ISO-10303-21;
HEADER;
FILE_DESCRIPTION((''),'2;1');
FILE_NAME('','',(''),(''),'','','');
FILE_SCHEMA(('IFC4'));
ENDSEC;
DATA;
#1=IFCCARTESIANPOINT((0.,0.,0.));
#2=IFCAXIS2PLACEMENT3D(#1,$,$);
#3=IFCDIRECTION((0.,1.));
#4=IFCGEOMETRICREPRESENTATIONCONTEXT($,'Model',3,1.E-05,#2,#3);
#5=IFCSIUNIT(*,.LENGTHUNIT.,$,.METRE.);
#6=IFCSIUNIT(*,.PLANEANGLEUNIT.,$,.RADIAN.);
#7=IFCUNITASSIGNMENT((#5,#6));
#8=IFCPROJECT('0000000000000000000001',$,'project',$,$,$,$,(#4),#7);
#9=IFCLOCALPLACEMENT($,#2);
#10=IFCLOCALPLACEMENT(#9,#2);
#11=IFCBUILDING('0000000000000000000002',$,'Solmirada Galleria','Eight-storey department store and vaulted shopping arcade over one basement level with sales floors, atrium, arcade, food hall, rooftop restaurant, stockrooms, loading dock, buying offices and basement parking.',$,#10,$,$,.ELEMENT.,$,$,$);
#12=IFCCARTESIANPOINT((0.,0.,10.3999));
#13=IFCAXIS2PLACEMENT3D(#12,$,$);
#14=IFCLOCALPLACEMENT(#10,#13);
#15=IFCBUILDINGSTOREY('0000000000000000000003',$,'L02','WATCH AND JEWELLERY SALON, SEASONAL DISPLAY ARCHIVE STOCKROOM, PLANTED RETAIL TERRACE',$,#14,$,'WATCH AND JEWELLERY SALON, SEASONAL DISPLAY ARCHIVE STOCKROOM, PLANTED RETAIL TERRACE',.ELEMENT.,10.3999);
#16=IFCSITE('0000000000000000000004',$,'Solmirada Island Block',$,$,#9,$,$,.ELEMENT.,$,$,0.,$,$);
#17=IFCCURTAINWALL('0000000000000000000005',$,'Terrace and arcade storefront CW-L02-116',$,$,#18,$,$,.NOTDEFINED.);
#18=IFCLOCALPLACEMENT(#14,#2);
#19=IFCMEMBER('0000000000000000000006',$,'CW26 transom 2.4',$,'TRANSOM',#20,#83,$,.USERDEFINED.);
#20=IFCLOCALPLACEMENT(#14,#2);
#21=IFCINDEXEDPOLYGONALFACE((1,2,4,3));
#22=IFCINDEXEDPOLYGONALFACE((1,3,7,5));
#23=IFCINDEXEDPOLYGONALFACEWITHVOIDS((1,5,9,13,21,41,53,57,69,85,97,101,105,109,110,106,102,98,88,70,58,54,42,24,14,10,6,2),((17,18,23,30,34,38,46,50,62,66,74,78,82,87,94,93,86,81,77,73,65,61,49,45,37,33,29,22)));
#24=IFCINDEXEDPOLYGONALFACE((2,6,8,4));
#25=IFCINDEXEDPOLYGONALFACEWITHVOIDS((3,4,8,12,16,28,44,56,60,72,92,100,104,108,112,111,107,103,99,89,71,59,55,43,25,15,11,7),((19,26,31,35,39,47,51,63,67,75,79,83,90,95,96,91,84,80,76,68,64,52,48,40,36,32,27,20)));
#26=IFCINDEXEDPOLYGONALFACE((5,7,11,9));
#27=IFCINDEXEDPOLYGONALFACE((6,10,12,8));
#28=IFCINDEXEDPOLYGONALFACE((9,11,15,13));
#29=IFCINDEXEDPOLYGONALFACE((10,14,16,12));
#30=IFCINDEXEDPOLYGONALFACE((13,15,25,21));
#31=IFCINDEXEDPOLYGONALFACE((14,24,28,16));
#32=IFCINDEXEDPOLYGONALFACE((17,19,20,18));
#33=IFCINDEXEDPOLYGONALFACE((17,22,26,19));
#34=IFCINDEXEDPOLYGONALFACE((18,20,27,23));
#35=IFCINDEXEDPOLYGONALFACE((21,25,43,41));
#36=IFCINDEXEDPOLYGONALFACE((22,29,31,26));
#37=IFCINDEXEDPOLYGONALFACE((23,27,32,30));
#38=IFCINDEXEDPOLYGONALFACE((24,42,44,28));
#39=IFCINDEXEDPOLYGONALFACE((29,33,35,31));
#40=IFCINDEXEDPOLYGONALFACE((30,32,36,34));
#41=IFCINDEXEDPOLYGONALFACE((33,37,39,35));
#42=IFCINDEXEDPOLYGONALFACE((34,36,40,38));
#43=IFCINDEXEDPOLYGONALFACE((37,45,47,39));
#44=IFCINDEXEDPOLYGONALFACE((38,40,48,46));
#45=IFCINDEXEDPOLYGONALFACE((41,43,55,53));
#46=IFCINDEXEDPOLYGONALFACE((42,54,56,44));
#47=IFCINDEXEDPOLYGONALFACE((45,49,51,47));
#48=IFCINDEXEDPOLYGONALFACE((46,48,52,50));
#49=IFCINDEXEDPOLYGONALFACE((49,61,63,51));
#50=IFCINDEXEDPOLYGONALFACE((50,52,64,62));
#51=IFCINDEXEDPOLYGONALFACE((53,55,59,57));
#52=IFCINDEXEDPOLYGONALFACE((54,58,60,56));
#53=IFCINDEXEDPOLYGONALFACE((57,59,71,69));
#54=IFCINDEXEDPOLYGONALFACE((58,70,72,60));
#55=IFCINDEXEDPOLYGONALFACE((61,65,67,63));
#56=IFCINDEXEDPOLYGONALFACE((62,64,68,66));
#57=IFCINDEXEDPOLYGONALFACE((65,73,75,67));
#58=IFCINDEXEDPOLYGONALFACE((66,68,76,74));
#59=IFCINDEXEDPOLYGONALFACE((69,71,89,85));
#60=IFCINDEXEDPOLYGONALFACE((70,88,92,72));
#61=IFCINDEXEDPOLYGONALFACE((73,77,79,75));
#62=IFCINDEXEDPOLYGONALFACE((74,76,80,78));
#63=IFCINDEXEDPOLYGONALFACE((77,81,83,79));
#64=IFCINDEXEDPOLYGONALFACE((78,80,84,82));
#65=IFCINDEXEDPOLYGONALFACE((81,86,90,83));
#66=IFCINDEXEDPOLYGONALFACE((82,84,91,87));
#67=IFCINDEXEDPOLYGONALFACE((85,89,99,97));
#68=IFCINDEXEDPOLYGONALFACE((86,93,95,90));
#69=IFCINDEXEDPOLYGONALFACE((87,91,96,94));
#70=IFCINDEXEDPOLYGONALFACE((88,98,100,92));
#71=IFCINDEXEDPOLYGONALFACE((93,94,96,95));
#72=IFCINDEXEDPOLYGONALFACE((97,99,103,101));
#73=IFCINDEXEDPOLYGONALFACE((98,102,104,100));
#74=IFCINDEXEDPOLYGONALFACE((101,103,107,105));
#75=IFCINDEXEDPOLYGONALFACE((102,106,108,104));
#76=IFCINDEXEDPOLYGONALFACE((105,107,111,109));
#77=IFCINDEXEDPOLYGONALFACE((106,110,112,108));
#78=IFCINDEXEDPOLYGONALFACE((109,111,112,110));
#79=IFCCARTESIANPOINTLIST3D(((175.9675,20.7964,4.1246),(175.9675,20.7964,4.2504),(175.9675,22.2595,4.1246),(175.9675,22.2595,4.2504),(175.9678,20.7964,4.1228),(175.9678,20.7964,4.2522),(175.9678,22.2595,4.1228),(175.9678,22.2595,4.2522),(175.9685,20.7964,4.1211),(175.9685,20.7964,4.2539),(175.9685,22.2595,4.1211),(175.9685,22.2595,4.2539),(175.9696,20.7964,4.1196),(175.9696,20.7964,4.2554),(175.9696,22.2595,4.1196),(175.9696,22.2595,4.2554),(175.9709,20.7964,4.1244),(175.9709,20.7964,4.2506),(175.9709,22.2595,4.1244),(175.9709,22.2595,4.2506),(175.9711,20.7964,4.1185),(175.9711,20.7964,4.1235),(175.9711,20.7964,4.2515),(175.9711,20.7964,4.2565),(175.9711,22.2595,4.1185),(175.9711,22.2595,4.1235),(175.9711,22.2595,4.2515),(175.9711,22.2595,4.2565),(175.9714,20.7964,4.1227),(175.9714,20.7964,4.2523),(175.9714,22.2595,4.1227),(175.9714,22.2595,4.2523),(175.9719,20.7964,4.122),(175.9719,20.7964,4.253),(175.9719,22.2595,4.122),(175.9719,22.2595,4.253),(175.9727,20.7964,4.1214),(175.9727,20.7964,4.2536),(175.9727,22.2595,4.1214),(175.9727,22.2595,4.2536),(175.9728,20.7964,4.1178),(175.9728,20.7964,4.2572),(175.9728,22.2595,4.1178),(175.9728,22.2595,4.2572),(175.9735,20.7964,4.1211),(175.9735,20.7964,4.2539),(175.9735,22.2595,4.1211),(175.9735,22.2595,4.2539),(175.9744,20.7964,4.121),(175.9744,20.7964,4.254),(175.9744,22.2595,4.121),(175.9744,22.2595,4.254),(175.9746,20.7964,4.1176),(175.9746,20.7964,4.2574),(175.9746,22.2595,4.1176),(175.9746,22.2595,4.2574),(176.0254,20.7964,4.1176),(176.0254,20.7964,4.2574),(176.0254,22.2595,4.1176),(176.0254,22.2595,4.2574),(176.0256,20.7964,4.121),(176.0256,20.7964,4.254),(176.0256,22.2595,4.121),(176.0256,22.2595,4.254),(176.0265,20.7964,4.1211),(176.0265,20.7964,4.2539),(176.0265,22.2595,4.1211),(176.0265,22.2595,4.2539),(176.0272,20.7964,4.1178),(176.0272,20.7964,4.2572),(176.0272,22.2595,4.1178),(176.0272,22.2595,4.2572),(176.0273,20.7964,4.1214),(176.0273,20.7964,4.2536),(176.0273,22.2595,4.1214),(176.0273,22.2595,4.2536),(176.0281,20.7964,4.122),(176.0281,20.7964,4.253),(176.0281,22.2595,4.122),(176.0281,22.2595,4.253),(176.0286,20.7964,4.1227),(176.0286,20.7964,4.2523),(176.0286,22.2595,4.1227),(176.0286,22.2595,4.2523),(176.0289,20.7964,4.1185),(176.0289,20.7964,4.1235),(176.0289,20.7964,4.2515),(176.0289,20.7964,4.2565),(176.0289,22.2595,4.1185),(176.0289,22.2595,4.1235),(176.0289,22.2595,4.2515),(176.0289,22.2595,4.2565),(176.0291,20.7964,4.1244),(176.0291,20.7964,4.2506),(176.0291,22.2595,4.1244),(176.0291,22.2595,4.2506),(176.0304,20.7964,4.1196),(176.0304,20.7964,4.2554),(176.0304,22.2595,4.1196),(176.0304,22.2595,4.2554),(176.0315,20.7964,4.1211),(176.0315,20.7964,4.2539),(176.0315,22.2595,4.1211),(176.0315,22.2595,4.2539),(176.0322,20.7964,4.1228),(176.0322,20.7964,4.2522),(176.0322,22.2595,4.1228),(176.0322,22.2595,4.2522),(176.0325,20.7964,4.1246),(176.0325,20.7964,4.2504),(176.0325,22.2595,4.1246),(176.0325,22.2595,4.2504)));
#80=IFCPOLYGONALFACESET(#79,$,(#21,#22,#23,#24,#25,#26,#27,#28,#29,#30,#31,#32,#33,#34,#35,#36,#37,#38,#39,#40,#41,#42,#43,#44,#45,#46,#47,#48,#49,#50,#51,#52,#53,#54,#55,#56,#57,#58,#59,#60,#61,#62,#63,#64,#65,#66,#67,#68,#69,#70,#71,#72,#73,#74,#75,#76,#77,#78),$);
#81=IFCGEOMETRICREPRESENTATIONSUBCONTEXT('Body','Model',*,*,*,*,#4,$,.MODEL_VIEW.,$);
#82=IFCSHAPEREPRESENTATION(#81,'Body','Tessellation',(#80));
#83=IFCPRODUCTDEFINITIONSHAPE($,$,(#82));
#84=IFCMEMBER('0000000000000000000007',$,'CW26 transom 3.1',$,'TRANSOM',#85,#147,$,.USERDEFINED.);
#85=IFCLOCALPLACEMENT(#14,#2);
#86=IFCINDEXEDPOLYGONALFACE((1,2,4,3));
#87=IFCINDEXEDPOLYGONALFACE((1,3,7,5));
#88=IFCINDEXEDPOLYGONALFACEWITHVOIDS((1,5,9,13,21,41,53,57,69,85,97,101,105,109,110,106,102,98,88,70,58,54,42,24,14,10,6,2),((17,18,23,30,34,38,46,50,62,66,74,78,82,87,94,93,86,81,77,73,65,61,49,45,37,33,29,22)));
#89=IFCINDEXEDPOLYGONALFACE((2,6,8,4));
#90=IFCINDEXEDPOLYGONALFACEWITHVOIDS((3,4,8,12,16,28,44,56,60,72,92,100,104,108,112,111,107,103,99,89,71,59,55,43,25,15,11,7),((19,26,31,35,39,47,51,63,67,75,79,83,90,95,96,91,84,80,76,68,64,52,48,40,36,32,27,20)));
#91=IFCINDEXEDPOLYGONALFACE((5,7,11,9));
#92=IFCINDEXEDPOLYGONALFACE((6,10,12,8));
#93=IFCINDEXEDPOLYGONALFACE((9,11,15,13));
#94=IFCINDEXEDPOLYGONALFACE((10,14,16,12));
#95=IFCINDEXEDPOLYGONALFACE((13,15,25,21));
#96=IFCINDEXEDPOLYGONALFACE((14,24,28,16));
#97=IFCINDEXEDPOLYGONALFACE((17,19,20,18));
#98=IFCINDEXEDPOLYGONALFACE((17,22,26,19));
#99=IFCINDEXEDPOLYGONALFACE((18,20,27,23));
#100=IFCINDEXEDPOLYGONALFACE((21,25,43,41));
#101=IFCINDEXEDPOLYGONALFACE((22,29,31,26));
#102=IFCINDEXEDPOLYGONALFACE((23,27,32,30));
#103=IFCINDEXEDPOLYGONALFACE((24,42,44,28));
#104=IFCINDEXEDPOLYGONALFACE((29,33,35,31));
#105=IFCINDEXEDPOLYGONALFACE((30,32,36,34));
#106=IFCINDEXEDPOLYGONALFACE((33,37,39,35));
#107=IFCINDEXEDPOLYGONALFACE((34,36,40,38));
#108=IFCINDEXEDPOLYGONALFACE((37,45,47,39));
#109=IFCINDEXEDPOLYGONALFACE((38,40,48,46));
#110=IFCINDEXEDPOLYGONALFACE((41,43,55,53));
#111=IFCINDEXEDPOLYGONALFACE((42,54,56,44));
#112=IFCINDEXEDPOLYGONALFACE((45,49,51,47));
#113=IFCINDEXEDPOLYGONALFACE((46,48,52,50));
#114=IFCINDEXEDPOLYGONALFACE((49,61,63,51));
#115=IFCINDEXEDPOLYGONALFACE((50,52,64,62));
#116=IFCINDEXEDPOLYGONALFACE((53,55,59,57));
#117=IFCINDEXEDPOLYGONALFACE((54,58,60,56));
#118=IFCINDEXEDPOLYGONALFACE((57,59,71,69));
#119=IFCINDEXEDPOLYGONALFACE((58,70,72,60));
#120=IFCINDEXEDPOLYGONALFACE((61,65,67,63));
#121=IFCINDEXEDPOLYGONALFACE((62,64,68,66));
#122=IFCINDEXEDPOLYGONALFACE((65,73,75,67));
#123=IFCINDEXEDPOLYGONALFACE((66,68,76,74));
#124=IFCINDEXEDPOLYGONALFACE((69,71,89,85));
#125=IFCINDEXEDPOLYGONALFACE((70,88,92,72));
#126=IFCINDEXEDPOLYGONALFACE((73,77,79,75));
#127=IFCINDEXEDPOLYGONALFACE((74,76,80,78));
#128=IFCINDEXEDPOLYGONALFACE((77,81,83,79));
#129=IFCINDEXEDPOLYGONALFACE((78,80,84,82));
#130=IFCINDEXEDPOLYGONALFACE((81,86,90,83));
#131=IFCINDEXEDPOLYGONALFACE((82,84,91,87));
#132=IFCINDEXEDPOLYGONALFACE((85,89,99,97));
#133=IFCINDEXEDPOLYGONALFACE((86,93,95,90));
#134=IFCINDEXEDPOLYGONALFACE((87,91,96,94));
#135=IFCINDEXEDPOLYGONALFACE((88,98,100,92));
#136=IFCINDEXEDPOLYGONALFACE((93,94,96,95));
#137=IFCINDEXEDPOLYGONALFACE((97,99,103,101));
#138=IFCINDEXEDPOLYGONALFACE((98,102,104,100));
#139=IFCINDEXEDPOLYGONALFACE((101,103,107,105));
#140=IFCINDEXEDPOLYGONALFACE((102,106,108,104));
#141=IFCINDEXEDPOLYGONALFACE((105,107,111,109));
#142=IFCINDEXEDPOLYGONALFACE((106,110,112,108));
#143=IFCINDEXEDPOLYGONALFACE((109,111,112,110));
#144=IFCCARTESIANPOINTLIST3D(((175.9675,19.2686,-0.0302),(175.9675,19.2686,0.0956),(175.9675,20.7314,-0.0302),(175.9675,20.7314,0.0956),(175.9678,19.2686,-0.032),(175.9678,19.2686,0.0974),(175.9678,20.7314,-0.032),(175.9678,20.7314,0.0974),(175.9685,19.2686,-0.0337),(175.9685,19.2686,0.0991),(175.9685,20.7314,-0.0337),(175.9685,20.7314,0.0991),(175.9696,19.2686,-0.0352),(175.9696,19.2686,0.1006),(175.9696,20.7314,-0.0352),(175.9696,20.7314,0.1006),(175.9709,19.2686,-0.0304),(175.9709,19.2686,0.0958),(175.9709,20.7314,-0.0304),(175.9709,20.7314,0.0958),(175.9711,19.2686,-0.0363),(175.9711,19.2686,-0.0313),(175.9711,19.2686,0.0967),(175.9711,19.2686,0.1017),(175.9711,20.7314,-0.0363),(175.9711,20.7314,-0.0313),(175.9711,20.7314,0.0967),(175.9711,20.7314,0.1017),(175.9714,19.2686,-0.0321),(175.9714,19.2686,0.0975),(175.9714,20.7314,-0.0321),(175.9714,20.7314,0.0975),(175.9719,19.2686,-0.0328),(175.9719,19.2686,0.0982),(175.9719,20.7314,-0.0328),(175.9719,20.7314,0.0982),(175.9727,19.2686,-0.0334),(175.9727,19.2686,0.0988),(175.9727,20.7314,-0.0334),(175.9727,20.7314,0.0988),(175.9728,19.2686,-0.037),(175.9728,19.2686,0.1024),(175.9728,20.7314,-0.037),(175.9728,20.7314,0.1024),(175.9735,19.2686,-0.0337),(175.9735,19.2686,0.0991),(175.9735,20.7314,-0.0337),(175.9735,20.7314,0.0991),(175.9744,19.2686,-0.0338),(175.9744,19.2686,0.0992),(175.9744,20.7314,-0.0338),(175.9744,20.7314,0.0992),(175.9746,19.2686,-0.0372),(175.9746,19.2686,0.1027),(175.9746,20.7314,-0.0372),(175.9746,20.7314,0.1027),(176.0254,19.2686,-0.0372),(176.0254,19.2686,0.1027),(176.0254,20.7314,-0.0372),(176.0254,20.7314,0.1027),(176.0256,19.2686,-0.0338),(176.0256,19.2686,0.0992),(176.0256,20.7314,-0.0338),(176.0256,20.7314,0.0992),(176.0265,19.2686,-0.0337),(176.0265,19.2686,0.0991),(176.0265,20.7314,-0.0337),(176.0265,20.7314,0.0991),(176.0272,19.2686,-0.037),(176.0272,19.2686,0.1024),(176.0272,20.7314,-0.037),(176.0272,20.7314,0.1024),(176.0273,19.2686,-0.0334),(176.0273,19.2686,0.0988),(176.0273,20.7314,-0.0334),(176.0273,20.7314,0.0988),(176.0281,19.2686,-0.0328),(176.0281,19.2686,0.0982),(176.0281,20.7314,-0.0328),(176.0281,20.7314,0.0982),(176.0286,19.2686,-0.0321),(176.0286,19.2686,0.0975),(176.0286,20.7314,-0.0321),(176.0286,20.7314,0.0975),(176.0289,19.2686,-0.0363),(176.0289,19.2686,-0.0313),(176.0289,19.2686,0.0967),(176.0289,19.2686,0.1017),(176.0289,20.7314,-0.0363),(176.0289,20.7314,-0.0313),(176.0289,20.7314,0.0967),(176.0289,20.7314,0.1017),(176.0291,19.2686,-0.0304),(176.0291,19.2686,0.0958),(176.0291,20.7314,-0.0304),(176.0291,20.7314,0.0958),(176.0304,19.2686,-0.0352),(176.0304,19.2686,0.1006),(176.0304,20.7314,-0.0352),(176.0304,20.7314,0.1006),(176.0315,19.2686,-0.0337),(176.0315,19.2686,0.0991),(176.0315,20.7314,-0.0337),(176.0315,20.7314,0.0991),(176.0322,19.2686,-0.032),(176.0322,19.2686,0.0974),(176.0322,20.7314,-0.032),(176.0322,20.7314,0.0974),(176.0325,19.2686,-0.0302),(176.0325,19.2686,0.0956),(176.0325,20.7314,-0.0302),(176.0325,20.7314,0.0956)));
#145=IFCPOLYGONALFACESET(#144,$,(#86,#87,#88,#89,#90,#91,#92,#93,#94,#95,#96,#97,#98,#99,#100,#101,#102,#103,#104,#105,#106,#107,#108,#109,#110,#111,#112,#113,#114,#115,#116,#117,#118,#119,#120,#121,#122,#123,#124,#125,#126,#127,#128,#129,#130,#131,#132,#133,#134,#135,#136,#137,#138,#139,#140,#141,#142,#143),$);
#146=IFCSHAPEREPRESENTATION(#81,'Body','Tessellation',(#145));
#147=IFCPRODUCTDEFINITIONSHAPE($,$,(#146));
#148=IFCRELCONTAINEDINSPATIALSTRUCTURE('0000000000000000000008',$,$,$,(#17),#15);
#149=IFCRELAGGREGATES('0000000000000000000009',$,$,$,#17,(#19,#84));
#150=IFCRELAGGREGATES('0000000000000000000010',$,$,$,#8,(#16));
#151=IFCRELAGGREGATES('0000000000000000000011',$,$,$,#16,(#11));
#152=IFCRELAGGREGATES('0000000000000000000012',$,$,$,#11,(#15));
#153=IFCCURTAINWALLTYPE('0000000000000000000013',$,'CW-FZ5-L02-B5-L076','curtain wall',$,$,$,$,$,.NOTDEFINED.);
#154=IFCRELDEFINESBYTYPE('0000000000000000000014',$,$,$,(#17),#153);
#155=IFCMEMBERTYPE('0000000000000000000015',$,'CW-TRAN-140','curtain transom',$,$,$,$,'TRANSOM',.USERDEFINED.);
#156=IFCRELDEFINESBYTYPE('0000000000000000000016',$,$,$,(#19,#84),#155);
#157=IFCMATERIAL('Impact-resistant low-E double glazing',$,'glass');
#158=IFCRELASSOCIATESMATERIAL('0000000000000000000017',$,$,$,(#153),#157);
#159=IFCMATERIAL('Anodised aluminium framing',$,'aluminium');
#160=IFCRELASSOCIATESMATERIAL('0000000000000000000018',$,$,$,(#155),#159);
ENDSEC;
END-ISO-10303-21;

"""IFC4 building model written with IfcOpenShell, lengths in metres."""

from ifc_helpers import new_model, si_unit, direction, frame, origin, origin_2d, place, context, subcontext, project, spatial, hollow_rectangle, extrude, material, material_profile, profile_set, type_object, element, aggregate, save


model = new_model("IFC4")

# Units and contexts
model_context = context("Model", 3, precision=1e-05, world=origin(), true_north=direction((0.0, 1.0)))
body_context = subcontext(model_context, "Body", "Model", "MODEL_VIEW")
ifc_project = project(units=[si_unit("LENGTHUNIT", "METRE"), si_unit("PLANEANGLEUNIT", "RADIAN")], contexts=[model_context])

# Site, building, storey
site_placement = place(None, origin())
site = spatial("IfcSite", under=ifc_project, at=site_placement, Name="Solmirada Island Block", CompositionType="ELEMENT", RefElevation=0.0)
building_placement = place(site_placement, origin())
building = spatial("IfcBuilding", under=site, at=building_placement, Name="Solmirada Galleria", Description="Eight-storey department store and vaulted shopping arcade over one basement level with sales floors, atrium, arcade, food hall, rooftop restaurant, stockrooms, loading dock, buying offices and basement parking.", CompositionType="ELEMENT")
storey_placement = place(building_placement, frame((0.0, 0.0, 10.3999)))
storey = spatial("IfcBuildingStorey", under=building, at=storey_placement, Name="L02", Description="WATCH AND JEWELLERY SALON, SEASONAL DISPLAY ARCHIVE STOCKROOM, PLANTED RETAIL TERRACE", LongName="WATCH AND JEWELLERY SALON, SEASONAL DISPLAY ARCHIVE STOCKROOM, PLANTED RETAIL TERRACE", CompositionType="ELEMENT", Elevation=10.3999)

# Curtain wall, members
ifc_material_1 = material(Name="Impact-resistant low-E double glazing", Category="glass")
curtain_wall_type = type_object("IfcCurtainWallType", Name="CW-FZ5-L02-B5-L076", Description="curtain wall", PredefinedType="NOTDEFINED", material=ifc_material_1)
curtain_wall_placement = place(storey_placement, origin())
curtain_wall = element("IfcCurtainWall", 1, at=curtain_wall_placement, inside=storey, type_object=curtain_wall_type, Name="Terrace and arcade storefront CW-L02-116", PredefinedType="NOTDEFINED")
ifc_material_2 = material(Name="Anodised aluminium framing", Category="aluminium")
ifc_material_profile_1 = material_profile(ifc_material_2, hollow_rectangle(XDim=0.0649, YDim=0.1399, WallThickness=0.0034, InnerFilletRadius=0.0034, OuterFilletRadius=0.0071, at=origin_2d()), Name="ALU-TRAN-140X65")
ifc_profile_set_1 = profile_set([ifc_material_profile_1], Name="Anodised aluminium framing")
member_type_1 = type_object("IfcMemberType", Name="CW-TRAN-140", Description="curtain transom", ElementType="TRANSOM", PredefinedType="USERDEFINED", material=ifc_profile_set_1)
member_1_placement = place(storey_placement, frame((176.0, 22.2595, 4.1875), z_axis=(0.0, -1.0, 0.0), x_axis=(1.0, 0.0, 0.0)))
member_1 = element("IfcMember", 2, at=member_1_placement, type_object=member_type_1, Name="CW26 transom 2.4", ObjectType="TRANSOM", PredefinedType="USERDEFINED", context=body_context, shape_type="SweptSolid", body=[
    extrude(hollow_rectangle(XDim=0.0649, YDim=0.1399, WallThickness=0.0034, InnerFilletRadius=0.0034, OuterFilletRadius=0.0071, at=origin_2d()), origin(), (0.0, 0.0, 1.0), 1.4631),
])
member_2_placement = place(storey_placement, frame((176.0, 20.7314, 0.0327), z_axis=(0.0, -1.0, 0.0), x_axis=(1.0, 0.0, 0.0)))
member_2 = element("IfcMember", 3, at=member_2_placement, type_object=member_type_1, Name="CW26 transom 3.1", ObjectType="TRANSOM", PredefinedType="USERDEFINED", context=body_context, shape_type="SweptSolid", body=[
    extrude(hollow_rectangle(XDim=0.0649, YDim=0.1399, WallThickness=0.0034, InnerFilletRadius=0.0034, OuterFilletRadius=0.0071, at=origin_2d()), origin(), (0.0, 0.0, 1.0), 1.4629),
])
aggregate(curtain_wall, [member_1, member_2])

save(model, "model.ifc")
